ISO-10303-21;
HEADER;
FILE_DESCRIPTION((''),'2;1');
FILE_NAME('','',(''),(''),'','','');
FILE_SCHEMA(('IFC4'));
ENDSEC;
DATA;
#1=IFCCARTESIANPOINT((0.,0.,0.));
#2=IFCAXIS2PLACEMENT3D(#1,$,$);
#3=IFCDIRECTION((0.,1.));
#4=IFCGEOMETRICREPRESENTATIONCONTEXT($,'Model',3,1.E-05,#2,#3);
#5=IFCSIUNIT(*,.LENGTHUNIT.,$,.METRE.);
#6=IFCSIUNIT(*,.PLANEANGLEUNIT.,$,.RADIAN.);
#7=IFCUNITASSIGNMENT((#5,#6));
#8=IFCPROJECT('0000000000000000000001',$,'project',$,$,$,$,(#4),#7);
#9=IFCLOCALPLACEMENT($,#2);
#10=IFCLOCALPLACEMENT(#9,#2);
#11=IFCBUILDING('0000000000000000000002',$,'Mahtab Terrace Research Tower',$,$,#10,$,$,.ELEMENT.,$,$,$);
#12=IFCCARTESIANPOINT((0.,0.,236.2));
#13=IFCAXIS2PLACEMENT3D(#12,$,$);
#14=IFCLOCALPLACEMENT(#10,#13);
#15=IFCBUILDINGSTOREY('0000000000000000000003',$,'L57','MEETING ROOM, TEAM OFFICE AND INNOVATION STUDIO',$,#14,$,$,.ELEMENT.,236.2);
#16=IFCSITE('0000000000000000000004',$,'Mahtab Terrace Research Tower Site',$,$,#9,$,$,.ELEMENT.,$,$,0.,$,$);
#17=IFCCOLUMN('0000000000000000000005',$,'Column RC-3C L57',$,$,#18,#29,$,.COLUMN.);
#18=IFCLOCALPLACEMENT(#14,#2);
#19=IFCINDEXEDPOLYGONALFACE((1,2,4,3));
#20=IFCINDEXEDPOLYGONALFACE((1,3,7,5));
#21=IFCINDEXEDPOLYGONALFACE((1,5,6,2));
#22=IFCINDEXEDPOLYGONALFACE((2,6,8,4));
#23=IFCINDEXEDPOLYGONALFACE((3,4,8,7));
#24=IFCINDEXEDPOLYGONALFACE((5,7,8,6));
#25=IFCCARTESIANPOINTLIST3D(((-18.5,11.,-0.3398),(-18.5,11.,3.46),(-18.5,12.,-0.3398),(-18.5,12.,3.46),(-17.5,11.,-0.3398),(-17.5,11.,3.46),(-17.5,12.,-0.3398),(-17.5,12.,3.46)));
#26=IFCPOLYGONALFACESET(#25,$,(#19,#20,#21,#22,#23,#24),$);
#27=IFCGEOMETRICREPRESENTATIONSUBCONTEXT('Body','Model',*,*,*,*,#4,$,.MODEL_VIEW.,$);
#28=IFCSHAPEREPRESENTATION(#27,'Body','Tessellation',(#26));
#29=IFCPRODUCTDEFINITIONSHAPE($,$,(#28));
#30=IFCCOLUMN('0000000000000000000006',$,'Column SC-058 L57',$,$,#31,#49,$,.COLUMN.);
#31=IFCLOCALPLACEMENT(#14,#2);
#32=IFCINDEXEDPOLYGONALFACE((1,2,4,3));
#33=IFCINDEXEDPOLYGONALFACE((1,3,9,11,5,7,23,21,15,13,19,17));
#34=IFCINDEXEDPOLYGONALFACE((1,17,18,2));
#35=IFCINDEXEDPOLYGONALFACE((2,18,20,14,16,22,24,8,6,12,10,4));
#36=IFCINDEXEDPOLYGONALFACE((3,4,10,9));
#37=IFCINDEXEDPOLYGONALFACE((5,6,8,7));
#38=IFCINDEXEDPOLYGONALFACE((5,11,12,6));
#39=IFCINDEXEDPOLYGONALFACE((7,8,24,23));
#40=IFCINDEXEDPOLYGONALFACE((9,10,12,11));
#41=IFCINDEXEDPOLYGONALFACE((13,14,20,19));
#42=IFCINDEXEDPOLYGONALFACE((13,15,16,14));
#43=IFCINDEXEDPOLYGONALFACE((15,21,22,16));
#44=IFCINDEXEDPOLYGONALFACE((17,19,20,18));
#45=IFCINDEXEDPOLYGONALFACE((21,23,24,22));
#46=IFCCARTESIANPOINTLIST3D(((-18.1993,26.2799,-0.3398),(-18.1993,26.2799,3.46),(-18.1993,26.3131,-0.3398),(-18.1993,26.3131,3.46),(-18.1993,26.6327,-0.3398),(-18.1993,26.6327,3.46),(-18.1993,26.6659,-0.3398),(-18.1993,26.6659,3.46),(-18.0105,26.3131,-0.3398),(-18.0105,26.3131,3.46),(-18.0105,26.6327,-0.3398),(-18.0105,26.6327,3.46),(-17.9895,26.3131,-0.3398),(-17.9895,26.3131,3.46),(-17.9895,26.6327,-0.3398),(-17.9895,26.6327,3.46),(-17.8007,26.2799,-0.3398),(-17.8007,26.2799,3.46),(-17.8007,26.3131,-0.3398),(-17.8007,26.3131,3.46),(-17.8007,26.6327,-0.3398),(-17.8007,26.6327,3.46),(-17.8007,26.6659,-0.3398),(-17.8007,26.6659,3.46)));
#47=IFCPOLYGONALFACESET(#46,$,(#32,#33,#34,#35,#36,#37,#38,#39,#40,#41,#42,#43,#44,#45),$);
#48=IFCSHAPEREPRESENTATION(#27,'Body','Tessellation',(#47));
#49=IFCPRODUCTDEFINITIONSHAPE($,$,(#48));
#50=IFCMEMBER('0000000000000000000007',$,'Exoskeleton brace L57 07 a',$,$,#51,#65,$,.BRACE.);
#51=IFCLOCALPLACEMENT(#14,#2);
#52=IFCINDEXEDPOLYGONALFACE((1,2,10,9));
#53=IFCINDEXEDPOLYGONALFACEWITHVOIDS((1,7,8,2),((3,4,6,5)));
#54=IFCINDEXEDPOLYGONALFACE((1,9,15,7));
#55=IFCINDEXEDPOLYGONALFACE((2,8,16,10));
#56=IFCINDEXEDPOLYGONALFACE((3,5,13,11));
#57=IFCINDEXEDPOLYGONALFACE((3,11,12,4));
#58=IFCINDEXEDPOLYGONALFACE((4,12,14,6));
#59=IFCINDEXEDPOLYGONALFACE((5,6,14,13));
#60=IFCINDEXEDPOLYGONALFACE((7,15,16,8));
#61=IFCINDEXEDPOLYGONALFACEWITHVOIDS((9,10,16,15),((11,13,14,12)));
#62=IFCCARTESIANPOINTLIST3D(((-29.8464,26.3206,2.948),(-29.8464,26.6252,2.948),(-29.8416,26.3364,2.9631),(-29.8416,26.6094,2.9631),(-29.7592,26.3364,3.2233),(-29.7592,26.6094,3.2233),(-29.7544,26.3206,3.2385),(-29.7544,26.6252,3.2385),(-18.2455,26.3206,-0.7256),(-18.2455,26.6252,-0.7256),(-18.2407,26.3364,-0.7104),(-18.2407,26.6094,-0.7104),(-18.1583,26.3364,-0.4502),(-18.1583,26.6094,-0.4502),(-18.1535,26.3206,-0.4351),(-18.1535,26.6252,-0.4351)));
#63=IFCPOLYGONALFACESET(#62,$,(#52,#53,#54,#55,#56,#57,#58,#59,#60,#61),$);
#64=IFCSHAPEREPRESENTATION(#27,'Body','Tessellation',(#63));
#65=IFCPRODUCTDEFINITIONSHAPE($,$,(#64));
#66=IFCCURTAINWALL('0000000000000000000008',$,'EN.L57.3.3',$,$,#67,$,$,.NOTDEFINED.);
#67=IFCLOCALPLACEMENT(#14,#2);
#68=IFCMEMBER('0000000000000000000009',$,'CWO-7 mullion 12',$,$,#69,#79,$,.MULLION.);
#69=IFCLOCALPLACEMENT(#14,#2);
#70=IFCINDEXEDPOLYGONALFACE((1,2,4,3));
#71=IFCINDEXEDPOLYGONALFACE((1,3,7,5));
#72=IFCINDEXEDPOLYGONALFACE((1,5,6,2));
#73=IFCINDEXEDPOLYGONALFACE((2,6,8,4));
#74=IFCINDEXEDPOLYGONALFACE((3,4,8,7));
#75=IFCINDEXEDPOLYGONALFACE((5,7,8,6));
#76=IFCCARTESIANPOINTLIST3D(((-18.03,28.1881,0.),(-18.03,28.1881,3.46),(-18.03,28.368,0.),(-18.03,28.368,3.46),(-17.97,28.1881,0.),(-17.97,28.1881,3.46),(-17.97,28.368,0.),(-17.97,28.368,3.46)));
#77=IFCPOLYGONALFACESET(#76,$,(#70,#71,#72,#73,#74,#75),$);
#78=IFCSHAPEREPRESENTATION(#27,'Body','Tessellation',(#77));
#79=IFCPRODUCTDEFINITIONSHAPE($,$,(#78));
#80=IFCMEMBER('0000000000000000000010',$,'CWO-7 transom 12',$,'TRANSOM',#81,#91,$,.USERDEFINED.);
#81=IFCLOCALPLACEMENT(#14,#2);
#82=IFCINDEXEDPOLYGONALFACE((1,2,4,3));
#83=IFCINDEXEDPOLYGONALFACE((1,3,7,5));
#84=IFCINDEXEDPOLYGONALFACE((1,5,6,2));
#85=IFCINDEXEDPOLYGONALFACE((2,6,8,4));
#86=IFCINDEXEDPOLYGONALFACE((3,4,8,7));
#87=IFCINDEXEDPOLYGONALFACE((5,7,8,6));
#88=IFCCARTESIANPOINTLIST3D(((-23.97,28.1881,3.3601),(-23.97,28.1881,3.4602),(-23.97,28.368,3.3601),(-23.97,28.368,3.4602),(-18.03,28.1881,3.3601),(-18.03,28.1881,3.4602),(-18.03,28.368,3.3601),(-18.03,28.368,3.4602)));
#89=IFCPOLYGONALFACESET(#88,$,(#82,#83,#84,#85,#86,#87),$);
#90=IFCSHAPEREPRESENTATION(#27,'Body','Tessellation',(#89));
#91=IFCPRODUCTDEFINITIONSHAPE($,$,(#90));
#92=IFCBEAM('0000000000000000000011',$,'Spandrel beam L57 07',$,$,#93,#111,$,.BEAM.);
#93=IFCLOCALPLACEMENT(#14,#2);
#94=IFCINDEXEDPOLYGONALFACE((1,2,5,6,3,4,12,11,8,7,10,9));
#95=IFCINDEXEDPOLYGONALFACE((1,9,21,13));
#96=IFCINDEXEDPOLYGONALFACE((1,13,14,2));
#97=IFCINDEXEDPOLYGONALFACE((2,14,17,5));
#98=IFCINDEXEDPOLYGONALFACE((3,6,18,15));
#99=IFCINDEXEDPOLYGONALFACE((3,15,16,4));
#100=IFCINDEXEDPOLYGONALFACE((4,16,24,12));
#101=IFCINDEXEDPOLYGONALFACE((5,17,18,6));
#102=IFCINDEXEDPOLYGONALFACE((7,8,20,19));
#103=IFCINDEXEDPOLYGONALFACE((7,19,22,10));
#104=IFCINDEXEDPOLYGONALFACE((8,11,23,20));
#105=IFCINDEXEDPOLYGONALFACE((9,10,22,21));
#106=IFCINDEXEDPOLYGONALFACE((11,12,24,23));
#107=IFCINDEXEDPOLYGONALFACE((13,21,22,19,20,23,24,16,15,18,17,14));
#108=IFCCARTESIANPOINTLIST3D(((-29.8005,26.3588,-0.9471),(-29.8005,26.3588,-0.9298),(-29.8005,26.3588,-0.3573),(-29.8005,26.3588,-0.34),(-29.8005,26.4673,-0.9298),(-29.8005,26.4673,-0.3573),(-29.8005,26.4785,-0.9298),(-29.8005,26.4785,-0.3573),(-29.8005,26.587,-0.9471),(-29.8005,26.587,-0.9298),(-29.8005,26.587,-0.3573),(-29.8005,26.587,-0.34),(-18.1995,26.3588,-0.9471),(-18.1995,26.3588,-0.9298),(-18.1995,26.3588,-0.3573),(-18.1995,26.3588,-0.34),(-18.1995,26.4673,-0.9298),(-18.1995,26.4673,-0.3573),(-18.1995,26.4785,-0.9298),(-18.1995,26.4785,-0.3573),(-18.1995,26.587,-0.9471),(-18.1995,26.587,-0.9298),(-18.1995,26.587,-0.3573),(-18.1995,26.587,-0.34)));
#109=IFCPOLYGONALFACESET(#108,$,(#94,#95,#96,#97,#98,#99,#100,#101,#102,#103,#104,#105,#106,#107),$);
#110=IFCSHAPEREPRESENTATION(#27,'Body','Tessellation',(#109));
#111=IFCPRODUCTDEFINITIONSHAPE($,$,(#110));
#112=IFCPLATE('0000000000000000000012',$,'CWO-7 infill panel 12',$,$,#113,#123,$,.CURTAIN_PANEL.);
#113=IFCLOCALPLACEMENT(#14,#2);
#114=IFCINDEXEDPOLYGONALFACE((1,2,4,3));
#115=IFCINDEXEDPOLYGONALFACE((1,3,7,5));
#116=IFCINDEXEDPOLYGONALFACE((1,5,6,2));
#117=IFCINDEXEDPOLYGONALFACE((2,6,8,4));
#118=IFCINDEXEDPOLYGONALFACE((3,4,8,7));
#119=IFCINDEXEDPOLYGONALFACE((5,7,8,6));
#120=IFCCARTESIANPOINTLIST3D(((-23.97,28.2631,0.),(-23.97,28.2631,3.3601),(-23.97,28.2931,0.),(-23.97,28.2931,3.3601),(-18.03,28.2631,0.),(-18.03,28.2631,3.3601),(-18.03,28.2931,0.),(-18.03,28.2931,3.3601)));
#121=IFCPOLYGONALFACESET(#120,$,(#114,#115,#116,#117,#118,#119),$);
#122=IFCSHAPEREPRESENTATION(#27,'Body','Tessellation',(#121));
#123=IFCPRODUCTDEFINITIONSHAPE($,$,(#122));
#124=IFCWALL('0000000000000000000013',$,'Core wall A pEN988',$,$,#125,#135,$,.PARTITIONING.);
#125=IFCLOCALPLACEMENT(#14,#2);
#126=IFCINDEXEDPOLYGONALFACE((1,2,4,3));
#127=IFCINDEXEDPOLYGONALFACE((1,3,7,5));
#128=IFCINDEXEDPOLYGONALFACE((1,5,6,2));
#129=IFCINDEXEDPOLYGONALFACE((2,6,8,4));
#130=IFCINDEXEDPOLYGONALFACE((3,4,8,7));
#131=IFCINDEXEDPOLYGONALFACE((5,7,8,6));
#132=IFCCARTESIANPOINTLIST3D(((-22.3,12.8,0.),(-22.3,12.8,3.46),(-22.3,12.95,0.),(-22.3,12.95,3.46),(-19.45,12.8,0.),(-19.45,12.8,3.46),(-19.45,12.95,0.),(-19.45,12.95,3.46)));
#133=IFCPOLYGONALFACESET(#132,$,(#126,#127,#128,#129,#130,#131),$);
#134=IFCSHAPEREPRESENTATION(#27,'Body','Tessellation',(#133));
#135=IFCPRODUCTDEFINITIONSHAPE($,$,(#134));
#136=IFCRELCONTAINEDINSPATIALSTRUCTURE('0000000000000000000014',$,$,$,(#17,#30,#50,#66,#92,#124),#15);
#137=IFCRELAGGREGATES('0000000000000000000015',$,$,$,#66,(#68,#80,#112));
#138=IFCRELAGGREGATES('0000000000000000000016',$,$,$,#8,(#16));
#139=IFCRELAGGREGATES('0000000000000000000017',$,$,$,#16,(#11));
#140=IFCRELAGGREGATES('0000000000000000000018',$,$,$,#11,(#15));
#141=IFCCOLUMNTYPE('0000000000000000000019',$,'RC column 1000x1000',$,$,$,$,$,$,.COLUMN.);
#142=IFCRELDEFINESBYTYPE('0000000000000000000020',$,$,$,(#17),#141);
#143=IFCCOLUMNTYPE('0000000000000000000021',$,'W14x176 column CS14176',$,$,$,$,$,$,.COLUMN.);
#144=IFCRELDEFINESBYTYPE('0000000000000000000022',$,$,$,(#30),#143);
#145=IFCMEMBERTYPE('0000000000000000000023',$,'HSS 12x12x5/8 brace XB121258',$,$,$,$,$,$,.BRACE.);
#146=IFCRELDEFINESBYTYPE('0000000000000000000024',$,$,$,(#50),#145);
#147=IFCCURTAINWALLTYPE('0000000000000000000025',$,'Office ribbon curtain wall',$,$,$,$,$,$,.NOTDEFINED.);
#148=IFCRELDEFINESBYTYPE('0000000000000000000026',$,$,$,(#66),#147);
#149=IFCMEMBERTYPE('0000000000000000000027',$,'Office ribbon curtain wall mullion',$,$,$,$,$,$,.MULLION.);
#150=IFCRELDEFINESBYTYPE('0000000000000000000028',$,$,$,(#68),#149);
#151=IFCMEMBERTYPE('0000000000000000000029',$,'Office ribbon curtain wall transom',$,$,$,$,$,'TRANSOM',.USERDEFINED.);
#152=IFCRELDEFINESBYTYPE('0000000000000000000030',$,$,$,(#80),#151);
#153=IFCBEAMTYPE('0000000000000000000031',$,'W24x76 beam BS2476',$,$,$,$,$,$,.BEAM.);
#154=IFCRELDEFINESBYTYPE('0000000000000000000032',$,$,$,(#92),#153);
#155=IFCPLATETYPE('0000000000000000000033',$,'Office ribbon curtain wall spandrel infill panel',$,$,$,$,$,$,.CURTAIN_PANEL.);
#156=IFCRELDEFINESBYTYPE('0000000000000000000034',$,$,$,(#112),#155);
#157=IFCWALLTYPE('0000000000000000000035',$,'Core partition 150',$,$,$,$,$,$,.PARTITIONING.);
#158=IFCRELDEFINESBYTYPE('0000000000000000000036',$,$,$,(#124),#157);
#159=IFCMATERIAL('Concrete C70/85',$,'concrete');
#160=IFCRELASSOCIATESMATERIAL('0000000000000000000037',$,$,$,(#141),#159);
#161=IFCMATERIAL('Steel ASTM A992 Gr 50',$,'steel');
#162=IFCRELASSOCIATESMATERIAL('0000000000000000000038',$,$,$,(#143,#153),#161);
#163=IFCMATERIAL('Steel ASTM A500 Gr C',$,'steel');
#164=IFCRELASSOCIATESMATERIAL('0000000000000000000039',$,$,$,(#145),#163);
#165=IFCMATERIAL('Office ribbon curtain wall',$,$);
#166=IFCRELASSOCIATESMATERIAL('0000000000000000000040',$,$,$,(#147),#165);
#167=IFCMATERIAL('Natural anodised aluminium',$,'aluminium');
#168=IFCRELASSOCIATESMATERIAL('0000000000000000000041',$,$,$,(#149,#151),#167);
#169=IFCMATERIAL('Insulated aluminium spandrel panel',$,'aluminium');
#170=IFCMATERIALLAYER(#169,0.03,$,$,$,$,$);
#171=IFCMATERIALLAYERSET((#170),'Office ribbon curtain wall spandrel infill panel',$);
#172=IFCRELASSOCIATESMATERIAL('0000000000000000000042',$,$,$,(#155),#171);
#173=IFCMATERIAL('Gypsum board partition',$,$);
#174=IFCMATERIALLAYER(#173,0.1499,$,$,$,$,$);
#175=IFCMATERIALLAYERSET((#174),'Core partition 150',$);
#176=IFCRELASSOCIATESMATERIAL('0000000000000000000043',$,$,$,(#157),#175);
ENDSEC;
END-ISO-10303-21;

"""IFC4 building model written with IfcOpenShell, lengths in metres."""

from ifc_helpers import new_model, si_unit, direction, frame, frame_2d, origin, origin_2d, place, context, subcontext, project, spatial, rectangle, hollow_rectangle, i_section, extrude, material, layer, layer_set, material_profile, profile_set, type_object, element, aggregate, save


model = new_model("IFC4")

# Units and contexts
model_context = context("Model", 3, precision=1e-05, world=origin(), true_north=direction((0.0, 1.0)))
body_context = subcontext(model_context, "Body", "Model", "MODEL_VIEW")
ifc_project = project(units=[si_unit("LENGTHUNIT", "METRE"), si_unit("PLANEANGLEUNIT", "RADIAN")], contexts=[model_context])

# Site, building, storey
site_placement = place(None, origin())
site = spatial("IfcSite", under=ifc_project, at=site_placement, Name="Mahtab Terrace Research Tower Site", CompositionType="ELEMENT", RefElevation=0.0)
building_placement = place(site_placement, origin())
building = spatial("IfcBuilding", under=site, at=building_placement, Name="Mahtab Terrace Research Tower", CompositionType="ELEMENT")
storey_placement = place(building_placement, frame((0.0, 0.0, 236.2)))
storey = spatial("IfcBuildingStorey", under=building, at=storey_placement, Name="L57", Description="MEETING ROOM, TEAM OFFICE AND INNOVATION STUDIO", CompositionType="ELEMENT", Elevation=236.2)

# Columns
ifc_material_1 = material(Name="Concrete C70/85", Category="concrete")
ifc_material_profile_1 = material_profile(ifc_material_1, rectangle(XDim=1.0, YDim=1.0, at=origin_2d()), Name="RC column 1000x1000")
ifc_profile_set_1 = profile_set([ifc_material_profile_1], Name="Concrete C70/85")
column_type_1 = type_object("IfcColumnType", Name="RC column 1000x1000", PredefinedType="COLUMN", material=ifc_profile_set_1)
column_1_placement = place(storey_placement, frame((-18.0, 11.5, -0.3398), z_axis=(0.0, 0.0, 1.0), x_axis=(1.0, 0.0, 0.0)))
element("IfcColumn", 1, at=column_1_placement, inside=storey, type_object=column_type_1, Name="Column RC-3C L57", PredefinedType="COLUMN", context=body_context, shape_type="SweptSolid", body=[
    extrude(rectangle(XDim=1.0, YDim=1.0, at=origin_2d()), origin(), (0.0, 0.0, 1.0), 3.7998),
])
ifc_material_2 = material(Name="Steel ASTM A992 Gr 50", Category="steel")
ifc_material_profile_2 = material_profile(ifc_material_2, i_section(OverallWidth=0.3987, OverallDepth=0.386, WebThickness=0.021, FlangeThickness=0.0332, at=origin_2d()), Name="W14X176")
ifc_profile_set_2 = profile_set([ifc_material_profile_2], Name="Steel ASTM A992 Gr 50")
column_type_2 = type_object("IfcColumnType", Name="W14x176 column CS14176", PredefinedType="COLUMN", material=ifc_profile_set_2)
column_2_placement = place(storey_placement, frame((-18.0, 26.4729, -0.3398), z_axis=(0.0, 0.0, 1.0), x_axis=(1.0, 0.0, 0.0)))
element("IfcColumn", 2, at=column_2_placement, inside=storey, type_object=column_type_2, Name="Column SC-058 L57", PredefinedType="COLUMN", context=body_context, shape_type="SweptSolid", body=[
    extrude(i_section(OverallWidth=0.3987, OverallDepth=0.386, WebThickness=0.021, FlangeThickness=0.0332, at=origin_2d()), origin(), (0.0, 0.0, 1.0), 3.7998),
])

# Member
ifc_material_3 = material(Name="Steel ASTM A500 Gr C", Category="steel")
ifc_material_profile_3 = material_profile(ifc_material_3, hollow_rectangle(XDim=0.3047, YDim=0.3047, WallThickness=0.0159, at=origin_2d()), Name="HSS12X12X5/8")
ifc_profile_set_3 = profile_set([ifc_material_profile_3], Name="Steel ASTM A500 Gr C")
member_type_1 = type_object("IfcMemberType", Name="HSS 12x12x5/8 brace XB121258", PredefinedType="BRACE", material=ifc_profile_set_3)
member_1_placement = place(storey_placement, frame((-18.1995, 26.4729, -0.5803), z_axis=(-0.953344, 0.0, 0.301885), x_axis=(0.0, -1.0, 0.0)))
element("IfcMember", 3, at=member_1_placement, inside=storey, type_object=member_type_1, Name="Exoskeleton brace L57 07 a", PredefinedType="BRACE", context=body_context, shape_type="SweptSolid", body=[
    extrude(hollow_rectangle(XDim=0.3047, YDim=0.3047, WallThickness=0.0159, at=origin_2d()), origin(), (0.0, 0.0, 1.0), 12.1687),
])

# Curtain wall, members
ifc_material_4 = material(Name="Office ribbon curtain wall")
curtain_wall_type = type_object("IfcCurtainWallType", Name="Office ribbon curtain wall", PredefinedType="NOTDEFINED", material=ifc_material_4)
curtain_wall_placement = place(storey_placement, origin())
curtain_wall = element("IfcCurtainWall", 4, at=curtain_wall_placement, inside=storey, type_object=curtain_wall_type, Name="EN.L57.3.3", PredefinedType="NOTDEFINED")
ifc_material_5 = material(Name="Natural anodised aluminium", Category="aluminium")
ifc_material_profile_4 = material_profile(ifc_material_5, rectangle(XDim=0.1799, YDim=0.0601, at=origin_2d()), Name="MULLION 60x180")
ifc_profile_set_4 = profile_set([ifc_material_profile_4], Name="Natural anodised aluminium")
member_type_2 = type_object("IfcMemberType", Name="Office ribbon curtain wall mullion", PredefinedType="MULLION", material=ifc_profile_set_4)
member_2_placement = place(storey_placement, frame((-18.0, 28.2781, 0.0), z_axis=(0.0, 0.0, 1.0), x_axis=(0.0, -1.0, 0.0)))
member_2 = element("IfcMember", 5, at=member_2_placement, type_object=member_type_2, Name="CWO-7 mullion 12", PredefinedType="MULLION", context=body_context, shape_type="SweptSolid", body=[
    extrude(rectangle(XDim=0.1799, YDim=0.0601, at=origin_2d()), origin(), (0.0, 0.0, 1.0), 3.46),
])
ifc_material_profile_5 = material_profile(ifc_material_5, rectangle(XDim=0.1799, YDim=0.1001, at=origin_2d()), Name="TRANSOM 100x180")
ifc_profile_set_5 = profile_set([ifc_material_profile_5], Name="Natural anodised aluminium")
member_type_3 = type_object("IfcMemberType", Name="Office ribbon curtain wall transom", ElementType="TRANSOM", PredefinedType="USERDEFINED", material=ifc_profile_set_5)
member_3_placement = place(storey_placement, frame((-18.03, 28.2781, 3.4102), z_axis=(-1.0, 0.0, 0.0), x_axis=(0.0, -1.0, 0.0)))
member_3 = element("IfcMember", 6, at=member_3_placement, type_object=member_type_3, Name="CWO-7 transom 12", ObjectType="TRANSOM", PredefinedType="USERDEFINED", context=body_context, shape_type="SweptSolid", body=[
    extrude(rectangle(XDim=0.1799, YDim=0.1001, at=origin_2d()), origin(), (0.0, 0.0, 1.0), 5.9399),
])

# Beam
ifc_material_profile_6 = material_profile(ifc_material_2, i_section(OverallWidth=0.2283, OverallDepth=0.6072, WebThickness=0.0112, FlangeThickness=0.0173, at=origin_2d()), Name="W24X76")
ifc_profile_set_6 = profile_set([ifc_material_profile_6], Name="Steel ASTM A992 Gr 50")
beam_type = type_object("IfcBeamType", Name="W24x76 beam BS2476", PredefinedType="BEAM", material=ifc_profile_set_6)
beam_placement = place(storey_placement, frame((-18.1995, 26.4729, -0.6436), z_axis=(-1.0, 0.0, 0.0), x_axis=(0.0, -1.0, 0.0)))
element("IfcBeam", 7, at=beam_placement, inside=storey, type_object=beam_type, Name="Spandrel beam L57 07", PredefinedType="BEAM", context=body_context, shape_type="SweptSolid", body=[
    extrude(i_section(OverallWidth=0.2283, OverallDepth=0.6072, WebThickness=0.0112, FlangeThickness=0.0173, at=origin_2d()), origin(), (0.0, 0.0, 1.0), 11.6011),
])

# Plate
ifc_material_6 = material(Name="Insulated aluminium spandrel panel", Category="aluminium")
ifc_layer_1 = layer(ifc_material_6, 0.03)
ifc_layer_set_1 = layer_set([ifc_layer_1], Name="Office ribbon curtain wall spandrel infill panel")
plate_type = type_object("IfcPlateType", Name="Office ribbon curtain wall spandrel infill panel", PredefinedType="CURTAIN_PANEL", material=ifc_layer_set_1)
plate_placement = place(storey_placement, frame((-21.0, 28.2781, 0.0), z_axis=(0.0, 0.0, 1.0), x_axis=(-1.0, 0.0, 0.0)))
plate = element("IfcPlate", 8, at=plate_placement, type_object=plate_type, Name="CWO-7 infill panel 12", PredefinedType="CURTAIN_PANEL", context=body_context, shape_type="SweptSolid", body=[
    extrude(rectangle(XDim=5.9399, YDim=0.03, at=origin_2d()), origin(), (0.0, 0.0, 1.0), 3.3601),
])
aggregate(curtain_wall, [member_2, member_3, plate])

# Wall
ifc_material_7 = material(Name="Gypsum board partition")
ifc_layer_2 = layer(ifc_material_7, 0.1499)
ifc_layer_set_2 = layer_set([ifc_layer_2], Name="Core partition 150")
wall_type_1 = type_object("IfcWallType", Name="Core partition 150", PredefinedType="PARTITIONING", material=ifc_layer_set_2)
wall_1_placement = place(storey_placement, frame((-22.3, 12.875, 0.0), z_axis=(0.0, 0.0, 1.0), x_axis=(1.0, 0.0, 0.0)))
element("IfcWall", 9, at=wall_1_placement, inside=storey, type_object=wall_type_1, Name="Core wall A pEN988", PredefinedType="PARTITIONING", context=body_context, shape_type="SweptSolid", body=[
    extrude(rectangle(XDim=2.8501, YDim=0.1499, at=frame_2d((1.425, 0.0))), origin(), (0.0, 0.0, 1.0), 3.46),
])

save(model, "model.ifc")
